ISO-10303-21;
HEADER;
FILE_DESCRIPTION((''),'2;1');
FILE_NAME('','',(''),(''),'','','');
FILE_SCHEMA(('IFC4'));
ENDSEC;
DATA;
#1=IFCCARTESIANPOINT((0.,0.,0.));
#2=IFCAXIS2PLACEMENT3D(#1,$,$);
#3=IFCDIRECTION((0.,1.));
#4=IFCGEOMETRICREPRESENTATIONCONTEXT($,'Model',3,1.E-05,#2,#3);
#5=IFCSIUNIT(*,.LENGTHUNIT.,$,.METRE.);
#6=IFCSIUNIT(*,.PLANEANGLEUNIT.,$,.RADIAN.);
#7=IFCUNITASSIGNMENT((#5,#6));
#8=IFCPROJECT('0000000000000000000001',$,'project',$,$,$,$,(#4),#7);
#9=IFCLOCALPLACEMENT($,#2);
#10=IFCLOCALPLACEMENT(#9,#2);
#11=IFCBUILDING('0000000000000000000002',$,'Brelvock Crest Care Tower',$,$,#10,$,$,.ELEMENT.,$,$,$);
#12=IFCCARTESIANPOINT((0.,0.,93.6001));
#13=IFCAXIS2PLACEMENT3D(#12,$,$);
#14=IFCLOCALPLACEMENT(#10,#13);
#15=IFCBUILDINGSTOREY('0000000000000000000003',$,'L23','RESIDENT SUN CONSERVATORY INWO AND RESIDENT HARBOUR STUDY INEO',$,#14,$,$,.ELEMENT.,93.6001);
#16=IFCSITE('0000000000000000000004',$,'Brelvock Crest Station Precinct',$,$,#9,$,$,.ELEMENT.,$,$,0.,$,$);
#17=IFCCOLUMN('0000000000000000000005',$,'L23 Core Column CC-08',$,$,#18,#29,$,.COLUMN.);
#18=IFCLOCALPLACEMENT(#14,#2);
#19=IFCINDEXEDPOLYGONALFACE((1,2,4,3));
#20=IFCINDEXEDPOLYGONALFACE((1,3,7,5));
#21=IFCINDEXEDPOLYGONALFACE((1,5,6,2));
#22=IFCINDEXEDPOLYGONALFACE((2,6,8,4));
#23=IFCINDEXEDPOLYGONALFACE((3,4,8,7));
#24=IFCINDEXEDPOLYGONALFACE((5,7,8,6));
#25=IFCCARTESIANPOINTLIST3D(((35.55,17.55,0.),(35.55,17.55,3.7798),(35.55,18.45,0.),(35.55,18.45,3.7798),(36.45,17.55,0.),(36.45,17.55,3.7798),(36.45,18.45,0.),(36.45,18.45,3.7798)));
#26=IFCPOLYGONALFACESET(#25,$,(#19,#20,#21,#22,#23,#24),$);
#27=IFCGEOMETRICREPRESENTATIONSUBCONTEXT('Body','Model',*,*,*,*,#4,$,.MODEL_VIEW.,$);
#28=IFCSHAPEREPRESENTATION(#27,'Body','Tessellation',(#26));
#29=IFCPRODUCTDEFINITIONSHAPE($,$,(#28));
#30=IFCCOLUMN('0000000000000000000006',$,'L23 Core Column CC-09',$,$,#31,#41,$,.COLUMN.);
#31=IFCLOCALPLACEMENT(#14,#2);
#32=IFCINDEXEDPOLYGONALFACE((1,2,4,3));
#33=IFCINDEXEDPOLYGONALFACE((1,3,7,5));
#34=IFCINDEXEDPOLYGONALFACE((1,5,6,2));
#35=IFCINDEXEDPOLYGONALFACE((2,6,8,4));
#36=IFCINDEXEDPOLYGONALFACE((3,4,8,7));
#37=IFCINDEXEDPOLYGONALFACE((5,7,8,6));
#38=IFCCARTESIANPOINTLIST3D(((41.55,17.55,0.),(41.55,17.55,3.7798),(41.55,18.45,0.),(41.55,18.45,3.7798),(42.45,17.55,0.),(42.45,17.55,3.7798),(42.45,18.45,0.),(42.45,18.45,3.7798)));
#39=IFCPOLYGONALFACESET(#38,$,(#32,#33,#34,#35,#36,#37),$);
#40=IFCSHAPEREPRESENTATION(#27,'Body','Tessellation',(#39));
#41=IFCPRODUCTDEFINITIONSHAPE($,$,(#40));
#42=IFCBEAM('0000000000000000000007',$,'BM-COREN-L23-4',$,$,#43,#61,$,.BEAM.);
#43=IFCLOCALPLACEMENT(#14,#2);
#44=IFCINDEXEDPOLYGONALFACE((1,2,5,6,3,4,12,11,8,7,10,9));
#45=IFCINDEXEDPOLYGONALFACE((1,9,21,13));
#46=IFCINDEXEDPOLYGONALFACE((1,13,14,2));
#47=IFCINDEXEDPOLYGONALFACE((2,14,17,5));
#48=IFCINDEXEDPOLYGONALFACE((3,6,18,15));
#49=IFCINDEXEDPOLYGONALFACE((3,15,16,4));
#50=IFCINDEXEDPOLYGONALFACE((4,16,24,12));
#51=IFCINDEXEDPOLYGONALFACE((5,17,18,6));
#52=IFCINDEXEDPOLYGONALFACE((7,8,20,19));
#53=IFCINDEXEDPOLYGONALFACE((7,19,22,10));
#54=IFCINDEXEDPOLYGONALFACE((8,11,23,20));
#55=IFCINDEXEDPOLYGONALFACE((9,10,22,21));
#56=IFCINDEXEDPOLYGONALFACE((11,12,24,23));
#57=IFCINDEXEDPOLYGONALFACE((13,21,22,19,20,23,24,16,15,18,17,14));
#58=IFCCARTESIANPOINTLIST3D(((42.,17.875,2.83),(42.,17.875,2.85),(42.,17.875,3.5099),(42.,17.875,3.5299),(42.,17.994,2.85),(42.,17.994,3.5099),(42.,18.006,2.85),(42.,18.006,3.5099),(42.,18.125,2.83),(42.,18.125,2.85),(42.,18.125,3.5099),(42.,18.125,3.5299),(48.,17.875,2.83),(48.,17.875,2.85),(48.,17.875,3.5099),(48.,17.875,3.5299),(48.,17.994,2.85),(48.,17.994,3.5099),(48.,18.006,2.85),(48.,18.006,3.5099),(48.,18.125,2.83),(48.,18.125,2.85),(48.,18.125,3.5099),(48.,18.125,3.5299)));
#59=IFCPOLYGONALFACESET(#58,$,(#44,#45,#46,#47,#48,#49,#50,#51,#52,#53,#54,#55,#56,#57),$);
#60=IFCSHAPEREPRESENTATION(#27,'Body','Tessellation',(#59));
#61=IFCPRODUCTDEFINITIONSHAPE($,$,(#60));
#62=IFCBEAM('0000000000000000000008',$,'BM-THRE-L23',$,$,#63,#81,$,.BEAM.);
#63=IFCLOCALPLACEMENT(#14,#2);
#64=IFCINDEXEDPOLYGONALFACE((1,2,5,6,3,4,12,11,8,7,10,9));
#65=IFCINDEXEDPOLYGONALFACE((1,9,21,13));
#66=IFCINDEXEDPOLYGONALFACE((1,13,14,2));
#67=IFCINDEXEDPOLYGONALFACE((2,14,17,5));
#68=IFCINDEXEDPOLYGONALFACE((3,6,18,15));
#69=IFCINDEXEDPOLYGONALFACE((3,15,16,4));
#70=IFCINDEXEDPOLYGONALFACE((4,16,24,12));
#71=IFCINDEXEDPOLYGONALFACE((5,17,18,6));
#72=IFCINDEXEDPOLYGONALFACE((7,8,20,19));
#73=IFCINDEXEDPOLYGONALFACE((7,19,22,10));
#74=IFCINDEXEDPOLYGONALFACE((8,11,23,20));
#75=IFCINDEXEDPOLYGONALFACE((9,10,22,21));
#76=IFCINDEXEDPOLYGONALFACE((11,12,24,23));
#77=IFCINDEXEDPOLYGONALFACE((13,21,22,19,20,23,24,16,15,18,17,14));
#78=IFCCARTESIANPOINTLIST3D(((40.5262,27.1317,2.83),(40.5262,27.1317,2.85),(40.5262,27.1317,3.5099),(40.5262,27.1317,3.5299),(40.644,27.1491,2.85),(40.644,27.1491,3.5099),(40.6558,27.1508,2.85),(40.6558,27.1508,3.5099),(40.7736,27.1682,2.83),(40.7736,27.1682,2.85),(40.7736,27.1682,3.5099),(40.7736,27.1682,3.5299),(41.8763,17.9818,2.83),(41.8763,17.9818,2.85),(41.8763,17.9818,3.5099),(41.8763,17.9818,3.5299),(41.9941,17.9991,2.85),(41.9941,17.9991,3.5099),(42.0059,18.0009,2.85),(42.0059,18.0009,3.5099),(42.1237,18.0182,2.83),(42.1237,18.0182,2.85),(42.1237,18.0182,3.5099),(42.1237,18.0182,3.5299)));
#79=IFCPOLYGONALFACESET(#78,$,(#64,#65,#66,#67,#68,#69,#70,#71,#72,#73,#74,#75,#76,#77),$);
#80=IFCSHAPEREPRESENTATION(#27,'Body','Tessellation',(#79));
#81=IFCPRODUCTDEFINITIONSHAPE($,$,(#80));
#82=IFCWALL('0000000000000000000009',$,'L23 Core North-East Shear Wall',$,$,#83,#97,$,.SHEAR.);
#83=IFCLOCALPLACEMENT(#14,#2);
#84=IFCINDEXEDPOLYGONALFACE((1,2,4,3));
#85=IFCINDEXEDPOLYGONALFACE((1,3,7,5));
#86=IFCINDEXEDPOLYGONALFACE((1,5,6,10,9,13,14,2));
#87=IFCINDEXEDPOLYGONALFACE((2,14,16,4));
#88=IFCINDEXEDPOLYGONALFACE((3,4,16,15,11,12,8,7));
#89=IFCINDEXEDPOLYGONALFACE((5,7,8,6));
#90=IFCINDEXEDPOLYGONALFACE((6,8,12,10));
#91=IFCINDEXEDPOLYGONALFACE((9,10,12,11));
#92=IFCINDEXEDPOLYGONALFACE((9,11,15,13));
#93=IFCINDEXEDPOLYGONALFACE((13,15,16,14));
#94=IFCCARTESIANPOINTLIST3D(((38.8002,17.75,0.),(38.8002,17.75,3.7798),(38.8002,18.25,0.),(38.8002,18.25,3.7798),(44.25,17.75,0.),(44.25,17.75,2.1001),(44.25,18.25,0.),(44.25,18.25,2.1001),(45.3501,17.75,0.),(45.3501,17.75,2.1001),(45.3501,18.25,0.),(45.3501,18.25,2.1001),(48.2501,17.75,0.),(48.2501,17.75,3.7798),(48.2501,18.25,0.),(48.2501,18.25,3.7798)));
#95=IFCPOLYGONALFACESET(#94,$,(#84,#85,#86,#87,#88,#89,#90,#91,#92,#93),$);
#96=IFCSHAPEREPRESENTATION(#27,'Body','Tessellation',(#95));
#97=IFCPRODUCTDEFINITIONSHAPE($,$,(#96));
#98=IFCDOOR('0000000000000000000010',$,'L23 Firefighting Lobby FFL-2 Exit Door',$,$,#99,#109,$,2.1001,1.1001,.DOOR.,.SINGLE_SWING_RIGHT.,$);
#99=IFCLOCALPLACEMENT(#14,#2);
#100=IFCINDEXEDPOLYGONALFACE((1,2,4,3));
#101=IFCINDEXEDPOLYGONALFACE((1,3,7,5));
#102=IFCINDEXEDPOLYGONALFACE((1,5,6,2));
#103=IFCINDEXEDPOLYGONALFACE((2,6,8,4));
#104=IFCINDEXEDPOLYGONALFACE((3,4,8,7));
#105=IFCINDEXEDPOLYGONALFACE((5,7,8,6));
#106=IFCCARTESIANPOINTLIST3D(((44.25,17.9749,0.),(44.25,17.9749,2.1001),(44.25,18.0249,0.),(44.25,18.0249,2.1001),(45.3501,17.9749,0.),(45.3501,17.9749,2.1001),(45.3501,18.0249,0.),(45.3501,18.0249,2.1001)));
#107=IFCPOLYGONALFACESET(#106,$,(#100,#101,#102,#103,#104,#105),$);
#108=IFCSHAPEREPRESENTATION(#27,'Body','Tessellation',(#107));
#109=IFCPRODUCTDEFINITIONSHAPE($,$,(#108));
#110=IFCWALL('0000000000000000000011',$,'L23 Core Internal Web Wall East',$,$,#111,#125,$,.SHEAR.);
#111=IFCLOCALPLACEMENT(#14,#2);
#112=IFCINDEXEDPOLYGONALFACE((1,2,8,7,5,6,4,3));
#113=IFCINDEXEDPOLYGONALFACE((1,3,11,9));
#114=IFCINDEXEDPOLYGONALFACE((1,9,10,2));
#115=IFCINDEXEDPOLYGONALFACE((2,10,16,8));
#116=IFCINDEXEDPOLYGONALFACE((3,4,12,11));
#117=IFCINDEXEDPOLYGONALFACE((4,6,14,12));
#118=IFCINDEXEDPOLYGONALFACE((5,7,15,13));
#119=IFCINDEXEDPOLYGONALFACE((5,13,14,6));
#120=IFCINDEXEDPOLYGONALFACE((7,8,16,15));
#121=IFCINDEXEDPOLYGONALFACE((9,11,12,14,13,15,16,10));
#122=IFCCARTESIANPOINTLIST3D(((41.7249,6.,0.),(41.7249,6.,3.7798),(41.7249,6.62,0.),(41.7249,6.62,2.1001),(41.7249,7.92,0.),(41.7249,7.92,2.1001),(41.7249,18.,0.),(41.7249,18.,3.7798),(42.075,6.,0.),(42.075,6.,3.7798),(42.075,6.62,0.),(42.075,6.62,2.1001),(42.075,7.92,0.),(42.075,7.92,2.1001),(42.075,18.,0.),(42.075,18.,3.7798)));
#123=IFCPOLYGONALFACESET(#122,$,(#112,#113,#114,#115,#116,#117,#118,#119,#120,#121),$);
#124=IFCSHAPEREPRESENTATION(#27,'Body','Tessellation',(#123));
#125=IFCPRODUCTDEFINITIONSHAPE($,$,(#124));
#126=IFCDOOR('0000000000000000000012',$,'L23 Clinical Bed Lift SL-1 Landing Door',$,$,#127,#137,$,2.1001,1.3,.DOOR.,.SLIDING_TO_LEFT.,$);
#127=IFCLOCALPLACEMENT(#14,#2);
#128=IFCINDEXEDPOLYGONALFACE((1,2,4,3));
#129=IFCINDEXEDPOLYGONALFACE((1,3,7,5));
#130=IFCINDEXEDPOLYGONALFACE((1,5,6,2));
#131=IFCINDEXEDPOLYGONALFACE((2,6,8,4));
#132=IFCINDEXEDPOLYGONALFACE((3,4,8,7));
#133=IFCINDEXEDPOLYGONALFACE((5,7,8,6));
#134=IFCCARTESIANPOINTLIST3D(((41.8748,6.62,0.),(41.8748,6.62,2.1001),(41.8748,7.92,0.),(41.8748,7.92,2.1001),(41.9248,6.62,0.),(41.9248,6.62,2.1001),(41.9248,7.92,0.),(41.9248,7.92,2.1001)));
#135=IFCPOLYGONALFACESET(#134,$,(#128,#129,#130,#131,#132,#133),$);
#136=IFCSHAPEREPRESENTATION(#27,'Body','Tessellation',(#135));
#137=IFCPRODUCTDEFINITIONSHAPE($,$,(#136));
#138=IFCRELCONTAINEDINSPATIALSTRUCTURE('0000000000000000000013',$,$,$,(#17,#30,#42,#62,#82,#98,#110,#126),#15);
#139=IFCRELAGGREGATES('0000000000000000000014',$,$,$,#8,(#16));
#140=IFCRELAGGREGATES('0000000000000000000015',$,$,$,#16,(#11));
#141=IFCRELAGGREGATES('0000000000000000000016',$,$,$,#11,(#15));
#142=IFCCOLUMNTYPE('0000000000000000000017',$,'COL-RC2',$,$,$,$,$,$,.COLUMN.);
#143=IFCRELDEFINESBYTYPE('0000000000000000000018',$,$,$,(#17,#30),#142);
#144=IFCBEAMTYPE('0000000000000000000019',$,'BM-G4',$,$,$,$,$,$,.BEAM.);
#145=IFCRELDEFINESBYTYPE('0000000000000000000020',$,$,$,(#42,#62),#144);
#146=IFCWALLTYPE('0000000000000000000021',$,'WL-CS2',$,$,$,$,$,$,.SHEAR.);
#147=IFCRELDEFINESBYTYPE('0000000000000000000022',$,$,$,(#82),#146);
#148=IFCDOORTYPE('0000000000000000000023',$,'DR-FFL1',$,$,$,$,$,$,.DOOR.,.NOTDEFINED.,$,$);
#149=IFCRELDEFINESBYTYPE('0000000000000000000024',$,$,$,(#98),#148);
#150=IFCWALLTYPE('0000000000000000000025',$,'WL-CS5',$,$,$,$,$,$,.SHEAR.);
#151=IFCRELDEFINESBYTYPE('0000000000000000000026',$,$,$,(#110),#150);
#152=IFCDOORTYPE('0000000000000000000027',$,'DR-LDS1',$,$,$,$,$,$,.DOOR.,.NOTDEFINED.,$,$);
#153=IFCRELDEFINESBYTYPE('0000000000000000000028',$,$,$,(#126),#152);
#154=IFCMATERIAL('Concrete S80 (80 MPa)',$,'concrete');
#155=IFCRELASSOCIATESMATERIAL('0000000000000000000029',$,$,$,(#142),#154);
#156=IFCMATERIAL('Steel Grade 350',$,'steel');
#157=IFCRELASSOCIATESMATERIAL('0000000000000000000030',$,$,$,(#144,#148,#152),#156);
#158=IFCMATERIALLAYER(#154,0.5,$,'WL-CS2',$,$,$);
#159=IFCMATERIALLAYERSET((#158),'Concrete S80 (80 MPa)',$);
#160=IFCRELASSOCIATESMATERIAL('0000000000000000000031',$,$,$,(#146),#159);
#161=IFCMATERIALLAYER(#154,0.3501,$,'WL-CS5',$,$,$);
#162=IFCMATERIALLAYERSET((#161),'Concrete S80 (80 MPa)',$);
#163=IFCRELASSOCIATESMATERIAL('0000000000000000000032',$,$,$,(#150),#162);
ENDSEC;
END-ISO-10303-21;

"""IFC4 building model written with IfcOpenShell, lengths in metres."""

from ifc_helpers import new_model, si_unit, direction, frame, frame_2d, origin, origin_2d, place, context, subcontext, project, spatial, rectangle, i_section, extrude, source, transform, mapped, material, layer, layer_set, material_profile, profile_set, type_object, element, fill, save


model = new_model("IFC4")

# Units and contexts
model_context = context("Model", 3, precision=1e-05, world=origin(), true_north=direction((0.0, 1.0)))
body_context = subcontext(model_context, "Body", "Model", "MODEL_VIEW")
ifc_project = project(units=[si_unit("LENGTHUNIT", "METRE"), si_unit("PLANEANGLEUNIT", "RADIAN")], contexts=[model_context])

# Site, building, storey
site_placement = place(None, origin())
site = spatial("IfcSite", under=ifc_project, at=site_placement, Name="Brelvock Crest Station Precinct", CompositionType="ELEMENT", RefElevation=0.0)
building_placement = place(site_placement, origin())
building = spatial("IfcBuilding", under=site, at=building_placement, Name="Brelvock Crest Care Tower", CompositionType="ELEMENT")
storey_placement = place(building_placement, frame((0.0, 0.0, 93.6001)))
storey = spatial("IfcBuildingStorey", under=building, at=storey_placement, Name="L23", Description="RESIDENT SUN CONSERVATORY INWO AND RESIDENT HARBOUR STUDY INEO", CompositionType="ELEMENT", Elevation=93.6001)

# Columns
ifc_material_1 = material(Name="Concrete S80 (80 MPa)", Category="concrete")
ifc_material_profile_1 = material_profile(ifc_material_1, rectangle(XDim=0.8999, YDim=0.8999, at=origin_2d()), Name="RC900x900")
ifc_profile_set_1 = profile_set([ifc_material_profile_1], Name="Concrete S80 (80 MPa)")
column_type = type_object("IfcColumnType", Name="COL-RC2", PredefinedType="COLUMN", material=ifc_profile_set_1)
shared_shape_1 = source(origin(), body_context, "Body", "SweptSolid", [
    extrude(rectangle(XDim=0.8999, YDim=0.8999, at=origin_2d()), origin(), (0.0, 0.0, 1.0), 3.7798),
])
for number, where, z_axis, x_axis, name in (
    (1, (36.0, 18.0, 0.0), (0.0, 0.0, 1.0), (1.0, 0.0, 0.0), "L23 Core Column CC-08"),
    (2, (42.0, 18.0, 0.0), (0.0, 0.0, 1.0), (1.0, 0.0, 0.0), "L23 Core Column CC-09"),
):
    element("IfcColumn", number, at=place(storey_placement, frame(where, z_axis=z_axis, x_axis=x_axis)), inside=storey, type_object=column_type, Name=name, PredefinedType="COLUMN", context=body_context, shape_type="MappedRepresentation", body=[
        mapped(shared_shape_1, transform((0.0, 0.0, 0.0), x_axis=(1.0, 0.0, 0.0), y_axis=(0.0, 1.0, 0.0), z_axis=(0.0, 0.0, 1.0), scale=1.0)),
    ])

# Beams
ifc_material_2 = material(Name="Steel Grade 350", Category="steel")
ifc_material_profile_2 = material_profile(ifc_material_2, i_section(OverallWidth=0.25, OverallDepth=0.7, WebThickness=0.012, FlangeThickness=0.02, at=origin_2d()), Name="700WB150")
ifc_profile_set_2 = profile_set([ifc_material_profile_2], Name="Steel Grade 350")
beam_type = type_object("IfcBeamType", Name="BM-G4", PredefinedType="BEAM", material=ifc_profile_set_2)
shared_shape_2 = source(origin(), body_context, "Body", "SweptSolid", [
    extrude(i_section(OverallWidth=0.25, OverallDepth=0.7, WebThickness=0.012, FlangeThickness=0.02, at=origin_2d()), origin(), (0.0, 0.0, 1.0), 6.0),
])
beam_1_placement = place(storey_placement, frame((42.0, 18.0, 3.1799), z_axis=(1.0, 0.0, 0.0), x_axis=(0.0, 1.0, 0.0)))
element("IfcBeam", 3, at=beam_1_placement, inside=storey, type_object=beam_type, Name="BM-COREN-L23-4", PredefinedType="BEAM", context=body_context, shape_type="MappedRepresentation", body=[
    mapped(shared_shape_2, transform((0.0, 0.0, 0.0), x_axis=(1.0, 0.0, 0.0), y_axis=(0.0, 1.0, 0.0), z_axis=(0.0, 0.0, 1.0), scale=1.0)),
])
shared_shape_3 = source(origin(), body_context, "Body", "SweptSolid", [
    extrude(i_section(OverallWidth=0.25, OverallDepth=0.7, WebThickness=0.012, FlangeThickness=0.02, at=origin_2d()), origin(), (0.0, 0.0, 1.0), 9.249),
])
beam_2_placement = place(storey_placement, frame((42.0, 18.0, 3.1799), z_axis=(-0.145973, 0.989289, 0.0), x_axis=(-0.989289, -0.145973, 0.0)))
element("IfcBeam", 4, at=beam_2_placement, inside=storey, type_object=beam_type, Name="BM-THRE-L23", PredefinedType="BEAM", context=body_context, shape_type="MappedRepresentation", body=[
    mapped(shared_shape_3, transform((0.0, 0.0, 0.0), x_axis=(1.0, 0.0, 0.0), y_axis=(0.0, 1.0, 0.0), z_axis=(0.0, 0.0, 1.0), scale=1.0)),
])

# Walls, openings, doors
ifc_layer_1 = layer(ifc_material_1, 0.5, Name="WL-CS2")
ifc_layer_set_1 = layer_set([ifc_layer_1], Name="Concrete S80 (80 MPa)")
wall_type_1 = type_object("IfcWallType", Name="WL-CS2", PredefinedType="SHEAR", material=ifc_layer_set_1)
wall_1_placement = place(storey_placement, frame((38.8, 18.0, 0.0), z_axis=(0.0, 0.0, 1.0), x_axis=(1.0, 0.0, 0.0)))
wall_1 = element("IfcWall", 5, at=wall_1_placement, inside=storey, type_object=wall_type_1, Name="L23 Core North-East Shear Wall", PredefinedType="SHEAR", context=body_context, shape_type="SweptSolid", body=[
    extrude(rectangle(XDim=9.45, YDim=0.5, at=frame_2d((4.7251, 0.0))), origin(), (0.0, 0.0, 1.0), 3.7798),
])
opening_1_placement = place(wall_1_placement, frame((5.45, 0.0, 0.0)))
opening_1 = element("IfcOpeningElement", 6, at=opening_1_placement, cuts=wall_1, PredefinedType="OPENING", context=body_context, shape_type="SweptSolid", body=[
    extrude(rectangle(XDim=1.1001, YDim=2.1001, at=origin_2d()), frame((0.55, 0.26, 1.05), z_axis=(0.0, -1.0, 0.0), x_axis=(1.0, 0.0, 0.0)), (0.0, 0.0, 1.0), 0.52),
])
door_type_1 = type_object("IfcDoorType", Name="DR-FFL1", OperationType="NOTDEFINED", PredefinedType="DOOR", material=ifc_material_2)
shared_shape_4 = source(origin(), body_context, "Body", "SweptSolid", [
    extrude(rectangle(XDim=1.1001, YDim=2.1001, at=origin_2d()), frame((0.55, 0.0249, 1.05), z_axis=(0.0, -1.0, 0.0), x_axis=(1.0, 0.0, 0.0)), (0.0, 0.0, 1.0), 0.05),
])
door_1_placement = place(opening_1_placement, origin())
door_1 = element("IfcDoor", 7, at=door_1_placement, inside=storey, type_object=door_type_1, Name="L23 Firefighting Lobby FFL-2 Exit Door", OperationType="SINGLE_SWING_RIGHT", OverallHeight=2.1001, OverallWidth=1.1001, PredefinedType="DOOR", context=body_context, shape_type="MappedRepresentation", body=[
    mapped(shared_shape_4, transform((0.0, 0.0, 0.0), x_axis=(1.0, 0.0, 0.0), y_axis=(0.0, 1.0, 0.0), z_axis=(0.0, 0.0, 1.0), scale=1.0)),
])
fill(opening_1, door_1)
ifc_layer_2 = layer(ifc_material_1, 0.3501, Name="WL-CS5")
ifc_layer_set_2 = layer_set([ifc_layer_2], Name="Concrete S80 (80 MPa)")
wall_type_2 = type_object("IfcWallType", Name="WL-CS5", PredefinedType="SHEAR", material=ifc_layer_set_2)
wall_2_placement = place(storey_placement, frame((41.8999, 18.0, 0.0), z_axis=(0.0, 0.0, 1.0), x_axis=(0.0, -1.0, 0.0)))
wall_2 = element("IfcWall", 8, at=wall_2_placement, inside=storey, type_object=wall_type_2, Name="L23 Core Internal Web Wall East", PredefinedType="SHEAR", context=body_context, shape_type="SweptSolid", body=[
    extrude(rectangle(XDim=12.0, YDim=0.3501, at=frame_2d((6.0, 0.0))), origin(), (0.0, 0.0, 1.0), 3.7798),
])
opening_2_placement = place(wall_2_placement, frame((10.0801, 0.0, 0.0)))
opening_2 = element("IfcOpeningElement", 9, at=opening_2_placement, cuts=wall_2, PredefinedType="OPENING", context=body_context, shape_type="SweptSolid", body=[
    extrude(rectangle(XDim=1.3, YDim=2.1001, at=origin_2d()), frame((0.6499, 0.1851, 1.05), z_axis=(0.0, -1.0, 0.0), x_axis=(1.0, 0.0, 0.0)), (0.0, 0.0, 1.0), 0.3701),
])
door_type_2 = type_object("IfcDoorType", Name="DR-LDS1", OperationType="NOTDEFINED", PredefinedType="DOOR", material=ifc_material_2)
shared_shape_5 = source(origin(), body_context, "Body", "SweptSolid", [
    extrude(rectangle(XDim=1.3, YDim=2.1001, at=origin_2d()), frame((0.6499, 0.0249, 1.05), z_axis=(0.0, -1.0, 0.0), x_axis=(1.0, 0.0, 0.0)), (0.0, 0.0, 1.0), 0.05),
])
door_2_placement = place(opening_2_placement, origin())
door_2 = element("IfcDoor", 10, at=door_2_placement, inside=storey, type_object=door_type_2, Name="L23 Clinical Bed Lift SL-1 Landing Door", OperationType="SLIDING_TO_LEFT", OverallHeight=2.1001, OverallWidth=1.3, PredefinedType="DOOR", context=body_context, shape_type="MappedRepresentation", body=[
    mapped(shared_shape_5, transform((0.0, 0.0, 0.0), x_axis=(1.0, 0.0, 0.0), y_axis=(0.0, 1.0, 0.0), z_axis=(0.0, 0.0, 1.0), scale=1.0)),
])
fill(opening_2, door_2)

save(model, "model.ifc")
